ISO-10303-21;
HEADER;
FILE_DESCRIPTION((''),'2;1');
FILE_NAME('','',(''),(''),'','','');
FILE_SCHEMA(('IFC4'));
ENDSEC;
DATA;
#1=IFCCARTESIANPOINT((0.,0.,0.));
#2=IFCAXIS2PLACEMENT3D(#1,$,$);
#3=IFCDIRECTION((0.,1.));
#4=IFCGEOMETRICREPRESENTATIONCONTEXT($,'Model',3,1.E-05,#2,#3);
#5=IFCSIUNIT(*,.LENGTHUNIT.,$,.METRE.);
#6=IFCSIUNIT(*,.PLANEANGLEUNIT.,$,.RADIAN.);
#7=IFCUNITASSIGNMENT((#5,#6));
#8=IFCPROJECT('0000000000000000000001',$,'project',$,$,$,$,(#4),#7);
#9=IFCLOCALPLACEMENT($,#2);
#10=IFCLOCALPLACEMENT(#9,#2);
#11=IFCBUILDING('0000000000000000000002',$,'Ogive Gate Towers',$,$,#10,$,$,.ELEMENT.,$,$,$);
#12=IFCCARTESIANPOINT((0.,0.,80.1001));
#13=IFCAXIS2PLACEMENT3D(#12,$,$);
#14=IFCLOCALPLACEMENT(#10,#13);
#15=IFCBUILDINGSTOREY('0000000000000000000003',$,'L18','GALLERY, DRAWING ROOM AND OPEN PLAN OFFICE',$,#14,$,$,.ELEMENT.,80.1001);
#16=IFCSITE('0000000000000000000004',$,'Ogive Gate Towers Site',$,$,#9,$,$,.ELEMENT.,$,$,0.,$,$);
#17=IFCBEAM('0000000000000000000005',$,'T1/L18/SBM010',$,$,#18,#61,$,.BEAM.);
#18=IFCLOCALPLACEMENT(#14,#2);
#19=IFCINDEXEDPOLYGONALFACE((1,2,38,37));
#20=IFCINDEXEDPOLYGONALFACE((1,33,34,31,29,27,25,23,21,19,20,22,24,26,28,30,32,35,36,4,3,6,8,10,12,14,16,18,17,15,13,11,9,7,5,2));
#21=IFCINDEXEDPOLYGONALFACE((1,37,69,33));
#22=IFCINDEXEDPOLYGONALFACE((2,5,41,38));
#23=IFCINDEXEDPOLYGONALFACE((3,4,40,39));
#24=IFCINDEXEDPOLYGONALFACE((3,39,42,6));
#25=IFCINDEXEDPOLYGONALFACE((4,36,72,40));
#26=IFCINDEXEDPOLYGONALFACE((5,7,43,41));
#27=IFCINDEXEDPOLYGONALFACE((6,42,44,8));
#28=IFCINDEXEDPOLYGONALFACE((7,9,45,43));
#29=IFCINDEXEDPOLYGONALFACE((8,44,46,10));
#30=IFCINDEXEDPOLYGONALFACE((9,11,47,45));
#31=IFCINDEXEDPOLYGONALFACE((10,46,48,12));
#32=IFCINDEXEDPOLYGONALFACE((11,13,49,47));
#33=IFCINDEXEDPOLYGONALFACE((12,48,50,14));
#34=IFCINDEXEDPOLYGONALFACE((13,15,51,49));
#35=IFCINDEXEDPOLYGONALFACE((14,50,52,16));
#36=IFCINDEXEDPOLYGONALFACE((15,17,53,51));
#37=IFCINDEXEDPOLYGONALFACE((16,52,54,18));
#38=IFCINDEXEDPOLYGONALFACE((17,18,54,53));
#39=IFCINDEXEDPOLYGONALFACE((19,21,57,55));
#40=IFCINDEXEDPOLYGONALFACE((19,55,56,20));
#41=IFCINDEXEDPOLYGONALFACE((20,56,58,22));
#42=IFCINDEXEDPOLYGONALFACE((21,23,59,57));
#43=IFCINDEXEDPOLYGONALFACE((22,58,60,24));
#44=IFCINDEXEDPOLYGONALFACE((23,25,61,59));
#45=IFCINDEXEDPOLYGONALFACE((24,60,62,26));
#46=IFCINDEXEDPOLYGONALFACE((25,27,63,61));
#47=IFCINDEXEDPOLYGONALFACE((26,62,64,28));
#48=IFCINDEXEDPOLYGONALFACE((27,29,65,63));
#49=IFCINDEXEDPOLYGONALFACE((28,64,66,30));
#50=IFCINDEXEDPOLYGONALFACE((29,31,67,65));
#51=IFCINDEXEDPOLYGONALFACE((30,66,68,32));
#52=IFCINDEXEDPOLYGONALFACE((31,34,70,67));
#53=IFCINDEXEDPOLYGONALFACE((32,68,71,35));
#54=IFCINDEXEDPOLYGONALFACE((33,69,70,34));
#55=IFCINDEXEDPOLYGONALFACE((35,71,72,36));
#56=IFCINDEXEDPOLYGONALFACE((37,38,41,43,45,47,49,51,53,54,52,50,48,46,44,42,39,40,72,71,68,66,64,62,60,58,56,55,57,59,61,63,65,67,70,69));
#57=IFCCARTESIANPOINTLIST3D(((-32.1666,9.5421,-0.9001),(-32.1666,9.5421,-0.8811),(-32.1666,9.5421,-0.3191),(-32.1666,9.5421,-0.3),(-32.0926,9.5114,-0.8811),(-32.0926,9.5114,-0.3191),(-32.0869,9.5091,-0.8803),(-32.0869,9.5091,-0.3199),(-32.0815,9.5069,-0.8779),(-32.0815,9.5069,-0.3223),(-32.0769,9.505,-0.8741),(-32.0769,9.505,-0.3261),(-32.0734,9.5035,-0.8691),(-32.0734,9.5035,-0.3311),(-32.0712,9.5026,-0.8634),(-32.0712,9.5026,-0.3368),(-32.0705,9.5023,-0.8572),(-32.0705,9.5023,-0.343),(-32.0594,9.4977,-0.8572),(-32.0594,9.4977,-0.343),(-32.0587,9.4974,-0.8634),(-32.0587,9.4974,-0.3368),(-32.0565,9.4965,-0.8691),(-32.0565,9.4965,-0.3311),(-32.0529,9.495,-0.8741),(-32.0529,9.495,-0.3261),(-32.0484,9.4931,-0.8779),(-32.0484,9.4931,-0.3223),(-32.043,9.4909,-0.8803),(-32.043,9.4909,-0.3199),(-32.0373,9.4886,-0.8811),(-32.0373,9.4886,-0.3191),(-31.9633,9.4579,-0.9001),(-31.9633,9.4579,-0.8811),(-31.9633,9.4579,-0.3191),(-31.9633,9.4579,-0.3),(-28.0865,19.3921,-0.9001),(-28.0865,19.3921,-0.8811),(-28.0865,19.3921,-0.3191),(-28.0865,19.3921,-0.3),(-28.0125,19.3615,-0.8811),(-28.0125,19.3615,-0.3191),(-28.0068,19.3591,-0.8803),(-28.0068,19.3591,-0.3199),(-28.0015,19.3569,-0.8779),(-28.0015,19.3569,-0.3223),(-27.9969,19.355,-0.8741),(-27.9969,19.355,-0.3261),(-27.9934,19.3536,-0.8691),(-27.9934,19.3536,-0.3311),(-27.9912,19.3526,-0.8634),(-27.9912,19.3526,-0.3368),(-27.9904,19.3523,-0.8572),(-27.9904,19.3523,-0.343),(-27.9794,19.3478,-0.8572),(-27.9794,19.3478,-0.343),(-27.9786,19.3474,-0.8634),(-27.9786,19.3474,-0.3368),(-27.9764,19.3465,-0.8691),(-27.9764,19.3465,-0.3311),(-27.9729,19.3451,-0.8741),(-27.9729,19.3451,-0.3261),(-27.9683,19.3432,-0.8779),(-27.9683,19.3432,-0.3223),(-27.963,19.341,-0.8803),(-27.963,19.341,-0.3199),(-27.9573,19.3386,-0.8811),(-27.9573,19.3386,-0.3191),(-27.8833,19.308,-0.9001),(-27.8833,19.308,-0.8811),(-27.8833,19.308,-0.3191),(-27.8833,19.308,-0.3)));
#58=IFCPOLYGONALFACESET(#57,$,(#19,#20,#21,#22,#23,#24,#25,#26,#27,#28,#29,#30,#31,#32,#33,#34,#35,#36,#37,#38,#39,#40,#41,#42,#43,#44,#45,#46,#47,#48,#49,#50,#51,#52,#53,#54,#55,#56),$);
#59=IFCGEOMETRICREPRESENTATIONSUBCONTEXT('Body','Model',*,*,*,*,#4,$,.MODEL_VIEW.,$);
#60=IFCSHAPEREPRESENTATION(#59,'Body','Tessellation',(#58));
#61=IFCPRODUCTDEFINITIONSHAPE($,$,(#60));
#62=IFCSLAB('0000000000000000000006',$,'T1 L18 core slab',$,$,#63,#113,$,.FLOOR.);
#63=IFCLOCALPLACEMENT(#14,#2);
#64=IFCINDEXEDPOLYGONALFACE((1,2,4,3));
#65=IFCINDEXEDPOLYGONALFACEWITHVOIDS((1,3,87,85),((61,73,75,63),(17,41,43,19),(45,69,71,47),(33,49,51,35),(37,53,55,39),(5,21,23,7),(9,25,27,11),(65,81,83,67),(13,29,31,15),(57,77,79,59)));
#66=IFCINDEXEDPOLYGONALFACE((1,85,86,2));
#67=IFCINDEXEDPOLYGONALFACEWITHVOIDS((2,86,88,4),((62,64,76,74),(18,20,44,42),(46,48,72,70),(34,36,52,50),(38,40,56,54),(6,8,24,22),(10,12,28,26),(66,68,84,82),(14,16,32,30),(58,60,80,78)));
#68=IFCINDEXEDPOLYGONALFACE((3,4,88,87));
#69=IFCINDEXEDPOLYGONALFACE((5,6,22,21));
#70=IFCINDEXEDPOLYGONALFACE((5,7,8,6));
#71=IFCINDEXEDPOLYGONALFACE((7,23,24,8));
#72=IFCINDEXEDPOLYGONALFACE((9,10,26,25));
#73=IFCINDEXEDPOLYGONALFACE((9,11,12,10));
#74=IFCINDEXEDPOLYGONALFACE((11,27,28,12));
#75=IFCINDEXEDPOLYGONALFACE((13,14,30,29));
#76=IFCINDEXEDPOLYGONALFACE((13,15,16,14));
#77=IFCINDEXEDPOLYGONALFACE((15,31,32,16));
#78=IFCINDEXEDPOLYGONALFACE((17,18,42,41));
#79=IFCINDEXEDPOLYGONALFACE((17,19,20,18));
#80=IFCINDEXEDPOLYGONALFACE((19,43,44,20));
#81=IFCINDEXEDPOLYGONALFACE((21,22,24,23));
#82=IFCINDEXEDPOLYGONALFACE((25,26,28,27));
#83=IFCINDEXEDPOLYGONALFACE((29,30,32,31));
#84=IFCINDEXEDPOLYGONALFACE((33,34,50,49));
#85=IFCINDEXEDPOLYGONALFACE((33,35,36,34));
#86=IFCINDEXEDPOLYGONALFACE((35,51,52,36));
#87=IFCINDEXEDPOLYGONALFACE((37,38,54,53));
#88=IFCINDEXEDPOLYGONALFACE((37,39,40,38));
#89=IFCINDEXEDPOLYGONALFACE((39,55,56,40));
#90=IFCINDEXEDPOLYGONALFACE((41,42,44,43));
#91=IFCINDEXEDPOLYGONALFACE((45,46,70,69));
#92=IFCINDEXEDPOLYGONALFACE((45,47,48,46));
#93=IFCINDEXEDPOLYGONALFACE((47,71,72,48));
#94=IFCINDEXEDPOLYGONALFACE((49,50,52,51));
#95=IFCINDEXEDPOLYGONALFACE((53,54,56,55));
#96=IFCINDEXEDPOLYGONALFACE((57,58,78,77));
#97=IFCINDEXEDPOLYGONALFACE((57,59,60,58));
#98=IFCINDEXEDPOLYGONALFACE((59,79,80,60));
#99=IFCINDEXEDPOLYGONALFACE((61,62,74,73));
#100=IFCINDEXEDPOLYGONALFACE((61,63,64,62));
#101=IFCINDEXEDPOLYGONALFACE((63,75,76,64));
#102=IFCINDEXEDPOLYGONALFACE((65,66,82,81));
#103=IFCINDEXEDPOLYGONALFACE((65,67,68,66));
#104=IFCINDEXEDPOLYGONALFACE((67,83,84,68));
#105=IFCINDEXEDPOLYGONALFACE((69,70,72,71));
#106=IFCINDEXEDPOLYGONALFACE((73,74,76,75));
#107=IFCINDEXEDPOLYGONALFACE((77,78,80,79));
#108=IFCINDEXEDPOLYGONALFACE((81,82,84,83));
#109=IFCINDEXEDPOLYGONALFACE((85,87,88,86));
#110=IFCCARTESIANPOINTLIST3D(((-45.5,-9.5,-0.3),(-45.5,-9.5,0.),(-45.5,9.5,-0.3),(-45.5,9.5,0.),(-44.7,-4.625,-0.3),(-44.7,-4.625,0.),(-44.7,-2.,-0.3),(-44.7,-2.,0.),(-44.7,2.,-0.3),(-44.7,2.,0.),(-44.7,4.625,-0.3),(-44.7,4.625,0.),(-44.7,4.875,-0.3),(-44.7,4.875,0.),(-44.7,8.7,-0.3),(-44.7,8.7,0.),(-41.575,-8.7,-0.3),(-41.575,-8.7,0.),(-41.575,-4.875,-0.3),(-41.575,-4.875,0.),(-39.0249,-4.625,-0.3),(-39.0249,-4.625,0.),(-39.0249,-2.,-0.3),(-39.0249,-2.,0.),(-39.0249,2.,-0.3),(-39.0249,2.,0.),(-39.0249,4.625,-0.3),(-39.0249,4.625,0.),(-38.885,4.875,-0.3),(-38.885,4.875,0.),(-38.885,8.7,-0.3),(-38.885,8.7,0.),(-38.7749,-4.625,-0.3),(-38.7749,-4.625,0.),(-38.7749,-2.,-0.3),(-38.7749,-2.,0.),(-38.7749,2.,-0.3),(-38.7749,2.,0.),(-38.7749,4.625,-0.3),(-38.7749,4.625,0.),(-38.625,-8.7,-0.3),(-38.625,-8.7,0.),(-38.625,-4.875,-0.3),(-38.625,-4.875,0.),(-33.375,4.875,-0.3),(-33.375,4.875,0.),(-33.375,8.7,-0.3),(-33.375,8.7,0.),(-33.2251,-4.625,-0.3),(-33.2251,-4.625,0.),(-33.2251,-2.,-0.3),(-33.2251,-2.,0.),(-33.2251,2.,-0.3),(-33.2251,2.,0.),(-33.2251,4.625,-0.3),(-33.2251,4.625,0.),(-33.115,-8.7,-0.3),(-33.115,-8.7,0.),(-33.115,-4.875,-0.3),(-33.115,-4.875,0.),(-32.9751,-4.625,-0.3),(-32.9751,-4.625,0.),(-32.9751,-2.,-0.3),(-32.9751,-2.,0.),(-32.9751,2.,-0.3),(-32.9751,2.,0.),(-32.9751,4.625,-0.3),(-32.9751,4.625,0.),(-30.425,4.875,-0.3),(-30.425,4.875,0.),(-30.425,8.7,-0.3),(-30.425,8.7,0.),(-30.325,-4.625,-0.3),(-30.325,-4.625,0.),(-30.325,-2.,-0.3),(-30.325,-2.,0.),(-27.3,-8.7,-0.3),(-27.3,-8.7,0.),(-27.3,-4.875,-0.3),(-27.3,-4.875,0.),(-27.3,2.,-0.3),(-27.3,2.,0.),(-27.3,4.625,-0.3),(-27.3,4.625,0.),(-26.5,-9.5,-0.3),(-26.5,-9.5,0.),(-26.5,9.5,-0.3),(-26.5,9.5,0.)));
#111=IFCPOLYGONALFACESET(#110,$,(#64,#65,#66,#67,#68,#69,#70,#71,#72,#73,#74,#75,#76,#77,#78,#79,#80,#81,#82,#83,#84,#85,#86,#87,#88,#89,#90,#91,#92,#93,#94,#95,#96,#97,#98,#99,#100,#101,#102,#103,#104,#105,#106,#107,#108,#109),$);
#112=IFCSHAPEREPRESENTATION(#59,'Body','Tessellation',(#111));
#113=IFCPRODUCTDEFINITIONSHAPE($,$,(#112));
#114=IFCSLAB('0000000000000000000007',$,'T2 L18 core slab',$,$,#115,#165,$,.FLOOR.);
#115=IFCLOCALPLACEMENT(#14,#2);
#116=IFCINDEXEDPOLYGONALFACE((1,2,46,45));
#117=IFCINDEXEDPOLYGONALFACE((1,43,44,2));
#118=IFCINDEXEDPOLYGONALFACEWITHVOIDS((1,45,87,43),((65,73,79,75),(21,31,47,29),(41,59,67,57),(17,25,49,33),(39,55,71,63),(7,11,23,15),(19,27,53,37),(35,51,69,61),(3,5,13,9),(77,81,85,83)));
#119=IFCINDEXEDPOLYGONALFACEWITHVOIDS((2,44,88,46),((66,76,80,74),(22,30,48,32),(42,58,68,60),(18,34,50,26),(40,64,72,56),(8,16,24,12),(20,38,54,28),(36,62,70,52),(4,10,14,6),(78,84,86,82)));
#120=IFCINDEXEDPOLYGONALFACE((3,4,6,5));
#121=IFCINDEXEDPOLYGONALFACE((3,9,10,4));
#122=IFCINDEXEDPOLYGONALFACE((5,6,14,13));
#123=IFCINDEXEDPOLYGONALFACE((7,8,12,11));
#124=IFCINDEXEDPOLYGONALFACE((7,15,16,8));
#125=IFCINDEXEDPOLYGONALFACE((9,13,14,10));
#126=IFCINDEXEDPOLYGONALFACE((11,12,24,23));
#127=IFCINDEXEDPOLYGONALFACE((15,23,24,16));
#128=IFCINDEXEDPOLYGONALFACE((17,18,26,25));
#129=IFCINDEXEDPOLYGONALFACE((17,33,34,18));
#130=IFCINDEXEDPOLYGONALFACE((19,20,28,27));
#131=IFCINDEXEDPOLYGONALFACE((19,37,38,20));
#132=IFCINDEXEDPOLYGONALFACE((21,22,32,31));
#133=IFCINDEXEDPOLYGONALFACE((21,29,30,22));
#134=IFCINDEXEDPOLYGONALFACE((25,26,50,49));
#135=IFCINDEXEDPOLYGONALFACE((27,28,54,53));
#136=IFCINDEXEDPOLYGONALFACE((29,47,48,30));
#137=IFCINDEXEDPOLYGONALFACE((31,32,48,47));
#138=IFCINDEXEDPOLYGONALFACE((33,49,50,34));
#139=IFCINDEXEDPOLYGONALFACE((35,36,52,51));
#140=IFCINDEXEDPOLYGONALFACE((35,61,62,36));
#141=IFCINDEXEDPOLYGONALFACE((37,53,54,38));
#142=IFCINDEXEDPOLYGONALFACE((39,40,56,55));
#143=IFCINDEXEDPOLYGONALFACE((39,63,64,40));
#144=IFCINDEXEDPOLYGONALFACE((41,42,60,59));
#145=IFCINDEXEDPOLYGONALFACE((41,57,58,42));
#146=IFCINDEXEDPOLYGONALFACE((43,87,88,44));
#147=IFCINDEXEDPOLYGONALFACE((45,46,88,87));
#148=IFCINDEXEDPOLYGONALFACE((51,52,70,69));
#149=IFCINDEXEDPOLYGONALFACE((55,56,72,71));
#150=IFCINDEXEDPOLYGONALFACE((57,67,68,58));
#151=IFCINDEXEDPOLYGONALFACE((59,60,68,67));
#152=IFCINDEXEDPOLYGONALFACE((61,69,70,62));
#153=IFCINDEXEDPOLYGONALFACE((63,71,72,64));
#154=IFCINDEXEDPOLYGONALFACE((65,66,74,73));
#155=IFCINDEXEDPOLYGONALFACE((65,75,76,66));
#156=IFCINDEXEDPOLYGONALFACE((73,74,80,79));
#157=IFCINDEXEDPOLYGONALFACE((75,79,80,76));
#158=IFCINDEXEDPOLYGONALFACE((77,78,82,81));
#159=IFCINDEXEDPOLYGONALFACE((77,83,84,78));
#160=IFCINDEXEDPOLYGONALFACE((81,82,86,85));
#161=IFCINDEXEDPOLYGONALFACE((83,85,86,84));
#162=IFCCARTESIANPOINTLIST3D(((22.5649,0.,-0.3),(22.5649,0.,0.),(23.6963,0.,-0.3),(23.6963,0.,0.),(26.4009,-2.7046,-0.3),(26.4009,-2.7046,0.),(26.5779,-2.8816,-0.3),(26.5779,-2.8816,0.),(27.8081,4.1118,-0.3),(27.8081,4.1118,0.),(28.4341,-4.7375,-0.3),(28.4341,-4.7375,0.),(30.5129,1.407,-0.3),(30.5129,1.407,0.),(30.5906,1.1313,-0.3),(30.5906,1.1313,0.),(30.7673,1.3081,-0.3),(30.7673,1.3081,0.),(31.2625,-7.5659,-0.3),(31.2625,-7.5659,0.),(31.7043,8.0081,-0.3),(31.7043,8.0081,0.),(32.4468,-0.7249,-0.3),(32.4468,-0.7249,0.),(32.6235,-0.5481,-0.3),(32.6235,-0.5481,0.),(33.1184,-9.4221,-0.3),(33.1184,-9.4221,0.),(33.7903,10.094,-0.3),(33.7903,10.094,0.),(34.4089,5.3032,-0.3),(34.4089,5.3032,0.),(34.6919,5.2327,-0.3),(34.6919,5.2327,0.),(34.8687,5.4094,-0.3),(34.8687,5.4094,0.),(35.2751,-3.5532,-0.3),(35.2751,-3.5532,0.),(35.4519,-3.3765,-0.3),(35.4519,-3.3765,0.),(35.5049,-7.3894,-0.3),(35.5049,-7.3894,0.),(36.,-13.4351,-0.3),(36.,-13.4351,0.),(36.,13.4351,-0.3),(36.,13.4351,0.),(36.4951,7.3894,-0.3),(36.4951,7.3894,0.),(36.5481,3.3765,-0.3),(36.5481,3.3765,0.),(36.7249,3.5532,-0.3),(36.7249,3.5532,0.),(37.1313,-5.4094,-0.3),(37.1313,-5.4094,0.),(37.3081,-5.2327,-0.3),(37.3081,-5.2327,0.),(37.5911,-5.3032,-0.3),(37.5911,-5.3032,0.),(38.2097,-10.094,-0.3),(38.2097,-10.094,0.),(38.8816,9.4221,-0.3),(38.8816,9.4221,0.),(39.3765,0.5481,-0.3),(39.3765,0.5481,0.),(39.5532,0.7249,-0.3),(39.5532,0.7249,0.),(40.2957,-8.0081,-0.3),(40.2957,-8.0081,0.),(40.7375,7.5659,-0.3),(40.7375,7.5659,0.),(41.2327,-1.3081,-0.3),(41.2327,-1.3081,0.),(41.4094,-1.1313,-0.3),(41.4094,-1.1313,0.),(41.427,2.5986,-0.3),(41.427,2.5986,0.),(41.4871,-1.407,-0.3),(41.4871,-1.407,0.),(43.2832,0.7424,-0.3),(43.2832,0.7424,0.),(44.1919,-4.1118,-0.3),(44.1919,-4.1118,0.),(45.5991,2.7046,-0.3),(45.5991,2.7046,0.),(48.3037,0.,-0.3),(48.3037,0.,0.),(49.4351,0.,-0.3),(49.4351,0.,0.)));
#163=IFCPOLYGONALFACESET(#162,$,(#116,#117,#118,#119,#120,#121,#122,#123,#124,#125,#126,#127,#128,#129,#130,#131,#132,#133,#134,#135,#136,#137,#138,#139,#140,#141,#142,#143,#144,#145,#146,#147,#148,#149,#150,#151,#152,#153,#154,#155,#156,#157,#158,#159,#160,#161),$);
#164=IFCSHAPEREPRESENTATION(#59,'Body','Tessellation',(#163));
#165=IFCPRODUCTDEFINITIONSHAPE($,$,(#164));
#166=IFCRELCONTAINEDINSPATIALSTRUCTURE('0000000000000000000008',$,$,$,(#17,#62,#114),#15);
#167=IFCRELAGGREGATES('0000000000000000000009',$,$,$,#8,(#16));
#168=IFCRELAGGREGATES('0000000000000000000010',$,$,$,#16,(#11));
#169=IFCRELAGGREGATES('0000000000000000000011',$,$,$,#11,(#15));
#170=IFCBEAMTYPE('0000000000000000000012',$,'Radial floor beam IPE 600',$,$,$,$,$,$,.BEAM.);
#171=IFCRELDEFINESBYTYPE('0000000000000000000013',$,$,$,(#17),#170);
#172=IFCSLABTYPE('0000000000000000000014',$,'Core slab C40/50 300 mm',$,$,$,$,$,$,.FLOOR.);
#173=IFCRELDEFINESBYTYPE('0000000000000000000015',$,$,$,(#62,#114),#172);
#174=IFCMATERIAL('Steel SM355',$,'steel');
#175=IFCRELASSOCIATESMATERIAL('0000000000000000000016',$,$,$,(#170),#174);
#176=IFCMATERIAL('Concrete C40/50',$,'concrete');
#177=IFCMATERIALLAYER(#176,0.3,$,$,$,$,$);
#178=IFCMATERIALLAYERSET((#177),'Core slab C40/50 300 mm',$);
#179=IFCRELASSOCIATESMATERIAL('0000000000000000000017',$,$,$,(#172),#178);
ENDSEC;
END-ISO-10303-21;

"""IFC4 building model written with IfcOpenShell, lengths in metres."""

from ifc_helpers import new_model, si_unit, direction, frame, origin, origin_2d, place, context, subcontext, project, spatial, polyline, i_section, outline, extrude, material, layer, layer_set, material_profile, profile_set, type_object, element, save


model = new_model("IFC4")

# Units and contexts
model_context = context("Model", 3, precision=1e-05, world=origin(), true_north=direction((0.0, 1.0)))
body_context = subcontext(model_context, "Body", "Model", "MODEL_VIEW")
ifc_project = project(units=[si_unit("LENGTHUNIT", "METRE"), si_unit("PLANEANGLEUNIT", "RADIAN")], contexts=[model_context])

# Site, building, storey
site_placement = place(None, origin())
site = spatial("IfcSite", under=ifc_project, at=site_placement, Name="Ogive Gate Towers Site", CompositionType="ELEMENT", RefElevation=0.0)
building_placement = place(site_placement, origin())
building = spatial("IfcBuilding", under=site, at=building_placement, Name="Ogive Gate Towers", CompositionType="ELEMENT")
storey_placement = place(building_placement, frame((0.0, 0.0, 80.1001)))
storey = spatial("IfcBuildingStorey", under=building, at=storey_placement, Name="L18", Description="GALLERY, DRAWING ROOM AND OPEN PLAN OFFICE", CompositionType="ELEMENT", Elevation=80.1001)

# Beam
ifc_material_1 = material(Name="Steel SM355", Category="steel")
ifc_material_profile_1 = material_profile(ifc_material_1, i_section(OverallWidth=0.22, OverallDepth=0.6001, WebThickness=0.012, FlangeThickness=0.019, FilletRadius=0.0239, at=origin_2d()), Name="IPE 600")
ifc_profile_set_1 = profile_set([ifc_material_profile_1], Name="Steel SM355")
beam_type_1 = type_object("IfcBeamType", Name="Radial floor beam IPE 600", PredefinedType="BEAM", material=ifc_profile_set_1)
for number, where, z_axis, x_axis, name in (
    (1, (-32.0649, 9.5, -0.6001), (0.382686, 0.923878, 0.0), (-0.923878, 0.382686, 0.0), "T1/L18/SBM010"),
):
    element("IfcBeam", number, at=place(storey_placement, frame(where, z_axis=z_axis, x_axis=x_axis)), inside=storey, type_object=beam_type_1, Name=name, PredefinedType="BEAM", context=body_context, shape_type="SweptSolid", body=[
        extrude(i_section(OverallWidth=0.22, OverallDepth=0.6001, WebThickness=0.012, FlangeThickness=0.019, FilletRadius=0.0239, at=origin_2d()), origin(), (0.0, 0.0, 1.0), 10.6616),
    ])

# Slabs
ifc_material_2 = material(Name="Concrete C40/50", Category="concrete")
ifc_layer_1 = layer(ifc_material_2, 0.3)
ifc_layer_set_1 = layer_set([ifc_layer_1], Name="Core slab C40/50 300 mm")
slab_type_1 = type_object("IfcSlabType", Name="Core slab C40/50 300 mm", PredefinedType="FLOOR", material=ifc_layer_set_1)
slab_1_placement = place(storey_placement, frame((0.0, 0.0, -0.3)))
element("IfcSlab", 2, at=slab_1_placement, inside=storey, type_object=slab_type_1, Name="T1 L18 core slab", PredefinedType="FLOOR", context=body_context, shape_type="SweptSolid", body=[
    extrude(outline(polyline([(-26.5, 9.5), (-26.5, -9.5), (-45.5, -9.5), (-45.5, 9.5), (-26.5, 9.5)]), holes=[polyline([(-39.0249, 4.625), (-44.7, 4.625), (-44.7, 2.0), (-39.0249, 2.0), (-39.0249, 4.625)]), polyline([(-33.2251, 2.0), (-33.2251, 4.625), (-38.7749, 4.625), (-38.7749, 2.0), (-33.2251, 2.0)]), polyline([(-32.9751, 2.0), (-27.3, 2.0), (-27.3, 4.625), (-32.9751, 4.625), (-32.9751, 2.0)]), polyline([(-44.7, -2.0), (-44.7, -4.625), (-39.0249, -4.625), (-39.0249, -2.0), (-44.7, -2.0)]), polyline([(-33.2251, -2.0), (-38.7749, -2.0), (-38.7749, -4.625), (-33.2251, -4.625), (-33.2251, -2.0)]), polyline([(-30.325, -4.625), (-30.325, -2.0), (-32.9751, -2.0), (-32.9751, -4.625), (-30.325, -4.625)]), polyline([(-33.375, 4.875), (-30.425, 4.875), (-30.425, 8.7), (-33.375, 8.7), (-33.375, 4.875)]), polyline([(-41.575, -4.875), (-41.575, -8.7), (-38.625, -8.7), (-38.625, -4.875), (-41.575, -4.875)]), polyline([(-44.7, 4.875), (-38.885, 4.875), (-38.885, 8.7), (-44.7, 8.7), (-44.7, 4.875)]), polyline([(-27.3, -8.7), (-27.3, -4.875), (-33.115, -4.875), (-33.115, -8.7), (-27.3, -8.7)])]), origin(), (0.0, 0.0, 1.0), 0.3),
])
slab_2_placement = place(storey_placement, frame((0.0, 0.0, -0.3)))
element("IfcSlab", 3, at=slab_2_placement, inside=storey, type_object=slab_type_1, Name="T2 L18 core slab", PredefinedType="FLOOR", context=body_context, shape_type="SweptSolid", body=[
    extrude(outline(polyline([(36.0, 13.4351), (49.4351, 0.0), (36.0, -13.4351), (22.5649, 0.0), (36.0, 13.4351)]), holes=[polyline([(30.5906, 1.1313), (26.5779, -2.8816), (28.4341, -4.7375), (32.4468, -0.7249), (30.5906, 1.1313)]), polyline([(36.5481, 3.3765), (34.6919, 5.2327), (30.7673, 1.3081), (32.6235, -0.5481), (36.5481, 3.3765)]), polyline([(36.7249, 3.5532), (40.7375, 7.5659), (38.8816, 9.4221), (34.8687, 5.4094), (36.7249, 3.5532)]), polyline([(31.2625, -7.5659), (33.1184, -9.4221), (37.1313, -5.4094), (35.2751, -3.5532), (31.2625, -7.5659)]), polyline([(39.3765, 0.5481), (35.4519, -3.3765), (37.3081, -5.2327), (41.2327, -1.3081), (39.3765, 0.5481)]), polyline([(43.2832, 0.7424), (41.427, 2.5986), (39.5532, 0.7249), (41.4094, -1.1313), (43.2832, 0.7424)]), polyline([(34.4089, 5.3032), (36.4951, 7.3894), (33.7903, 10.094), (31.7043, 8.0081), (34.4089, 5.3032)]), polyline([(35.5049, -7.3894), (38.2097, -10.094), (40.2957, -8.0081), (37.5911, -5.3032), (35.5049, -7.3894)]), polyline([(26.4009, -2.7046), (30.5129, 1.407), (27.8081, 4.1118), (23.6963, 0.0), (26.4009, -2.7046)]), polyline([(48.3037, 0.0), (45.5991, 2.7046), (41.4871, -1.407), (44.1919, -4.1118), (48.3037, 0.0)])]), origin(), (0.0, 0.0, 1.0), 0.3),
])

save(model, "model.ifc")
